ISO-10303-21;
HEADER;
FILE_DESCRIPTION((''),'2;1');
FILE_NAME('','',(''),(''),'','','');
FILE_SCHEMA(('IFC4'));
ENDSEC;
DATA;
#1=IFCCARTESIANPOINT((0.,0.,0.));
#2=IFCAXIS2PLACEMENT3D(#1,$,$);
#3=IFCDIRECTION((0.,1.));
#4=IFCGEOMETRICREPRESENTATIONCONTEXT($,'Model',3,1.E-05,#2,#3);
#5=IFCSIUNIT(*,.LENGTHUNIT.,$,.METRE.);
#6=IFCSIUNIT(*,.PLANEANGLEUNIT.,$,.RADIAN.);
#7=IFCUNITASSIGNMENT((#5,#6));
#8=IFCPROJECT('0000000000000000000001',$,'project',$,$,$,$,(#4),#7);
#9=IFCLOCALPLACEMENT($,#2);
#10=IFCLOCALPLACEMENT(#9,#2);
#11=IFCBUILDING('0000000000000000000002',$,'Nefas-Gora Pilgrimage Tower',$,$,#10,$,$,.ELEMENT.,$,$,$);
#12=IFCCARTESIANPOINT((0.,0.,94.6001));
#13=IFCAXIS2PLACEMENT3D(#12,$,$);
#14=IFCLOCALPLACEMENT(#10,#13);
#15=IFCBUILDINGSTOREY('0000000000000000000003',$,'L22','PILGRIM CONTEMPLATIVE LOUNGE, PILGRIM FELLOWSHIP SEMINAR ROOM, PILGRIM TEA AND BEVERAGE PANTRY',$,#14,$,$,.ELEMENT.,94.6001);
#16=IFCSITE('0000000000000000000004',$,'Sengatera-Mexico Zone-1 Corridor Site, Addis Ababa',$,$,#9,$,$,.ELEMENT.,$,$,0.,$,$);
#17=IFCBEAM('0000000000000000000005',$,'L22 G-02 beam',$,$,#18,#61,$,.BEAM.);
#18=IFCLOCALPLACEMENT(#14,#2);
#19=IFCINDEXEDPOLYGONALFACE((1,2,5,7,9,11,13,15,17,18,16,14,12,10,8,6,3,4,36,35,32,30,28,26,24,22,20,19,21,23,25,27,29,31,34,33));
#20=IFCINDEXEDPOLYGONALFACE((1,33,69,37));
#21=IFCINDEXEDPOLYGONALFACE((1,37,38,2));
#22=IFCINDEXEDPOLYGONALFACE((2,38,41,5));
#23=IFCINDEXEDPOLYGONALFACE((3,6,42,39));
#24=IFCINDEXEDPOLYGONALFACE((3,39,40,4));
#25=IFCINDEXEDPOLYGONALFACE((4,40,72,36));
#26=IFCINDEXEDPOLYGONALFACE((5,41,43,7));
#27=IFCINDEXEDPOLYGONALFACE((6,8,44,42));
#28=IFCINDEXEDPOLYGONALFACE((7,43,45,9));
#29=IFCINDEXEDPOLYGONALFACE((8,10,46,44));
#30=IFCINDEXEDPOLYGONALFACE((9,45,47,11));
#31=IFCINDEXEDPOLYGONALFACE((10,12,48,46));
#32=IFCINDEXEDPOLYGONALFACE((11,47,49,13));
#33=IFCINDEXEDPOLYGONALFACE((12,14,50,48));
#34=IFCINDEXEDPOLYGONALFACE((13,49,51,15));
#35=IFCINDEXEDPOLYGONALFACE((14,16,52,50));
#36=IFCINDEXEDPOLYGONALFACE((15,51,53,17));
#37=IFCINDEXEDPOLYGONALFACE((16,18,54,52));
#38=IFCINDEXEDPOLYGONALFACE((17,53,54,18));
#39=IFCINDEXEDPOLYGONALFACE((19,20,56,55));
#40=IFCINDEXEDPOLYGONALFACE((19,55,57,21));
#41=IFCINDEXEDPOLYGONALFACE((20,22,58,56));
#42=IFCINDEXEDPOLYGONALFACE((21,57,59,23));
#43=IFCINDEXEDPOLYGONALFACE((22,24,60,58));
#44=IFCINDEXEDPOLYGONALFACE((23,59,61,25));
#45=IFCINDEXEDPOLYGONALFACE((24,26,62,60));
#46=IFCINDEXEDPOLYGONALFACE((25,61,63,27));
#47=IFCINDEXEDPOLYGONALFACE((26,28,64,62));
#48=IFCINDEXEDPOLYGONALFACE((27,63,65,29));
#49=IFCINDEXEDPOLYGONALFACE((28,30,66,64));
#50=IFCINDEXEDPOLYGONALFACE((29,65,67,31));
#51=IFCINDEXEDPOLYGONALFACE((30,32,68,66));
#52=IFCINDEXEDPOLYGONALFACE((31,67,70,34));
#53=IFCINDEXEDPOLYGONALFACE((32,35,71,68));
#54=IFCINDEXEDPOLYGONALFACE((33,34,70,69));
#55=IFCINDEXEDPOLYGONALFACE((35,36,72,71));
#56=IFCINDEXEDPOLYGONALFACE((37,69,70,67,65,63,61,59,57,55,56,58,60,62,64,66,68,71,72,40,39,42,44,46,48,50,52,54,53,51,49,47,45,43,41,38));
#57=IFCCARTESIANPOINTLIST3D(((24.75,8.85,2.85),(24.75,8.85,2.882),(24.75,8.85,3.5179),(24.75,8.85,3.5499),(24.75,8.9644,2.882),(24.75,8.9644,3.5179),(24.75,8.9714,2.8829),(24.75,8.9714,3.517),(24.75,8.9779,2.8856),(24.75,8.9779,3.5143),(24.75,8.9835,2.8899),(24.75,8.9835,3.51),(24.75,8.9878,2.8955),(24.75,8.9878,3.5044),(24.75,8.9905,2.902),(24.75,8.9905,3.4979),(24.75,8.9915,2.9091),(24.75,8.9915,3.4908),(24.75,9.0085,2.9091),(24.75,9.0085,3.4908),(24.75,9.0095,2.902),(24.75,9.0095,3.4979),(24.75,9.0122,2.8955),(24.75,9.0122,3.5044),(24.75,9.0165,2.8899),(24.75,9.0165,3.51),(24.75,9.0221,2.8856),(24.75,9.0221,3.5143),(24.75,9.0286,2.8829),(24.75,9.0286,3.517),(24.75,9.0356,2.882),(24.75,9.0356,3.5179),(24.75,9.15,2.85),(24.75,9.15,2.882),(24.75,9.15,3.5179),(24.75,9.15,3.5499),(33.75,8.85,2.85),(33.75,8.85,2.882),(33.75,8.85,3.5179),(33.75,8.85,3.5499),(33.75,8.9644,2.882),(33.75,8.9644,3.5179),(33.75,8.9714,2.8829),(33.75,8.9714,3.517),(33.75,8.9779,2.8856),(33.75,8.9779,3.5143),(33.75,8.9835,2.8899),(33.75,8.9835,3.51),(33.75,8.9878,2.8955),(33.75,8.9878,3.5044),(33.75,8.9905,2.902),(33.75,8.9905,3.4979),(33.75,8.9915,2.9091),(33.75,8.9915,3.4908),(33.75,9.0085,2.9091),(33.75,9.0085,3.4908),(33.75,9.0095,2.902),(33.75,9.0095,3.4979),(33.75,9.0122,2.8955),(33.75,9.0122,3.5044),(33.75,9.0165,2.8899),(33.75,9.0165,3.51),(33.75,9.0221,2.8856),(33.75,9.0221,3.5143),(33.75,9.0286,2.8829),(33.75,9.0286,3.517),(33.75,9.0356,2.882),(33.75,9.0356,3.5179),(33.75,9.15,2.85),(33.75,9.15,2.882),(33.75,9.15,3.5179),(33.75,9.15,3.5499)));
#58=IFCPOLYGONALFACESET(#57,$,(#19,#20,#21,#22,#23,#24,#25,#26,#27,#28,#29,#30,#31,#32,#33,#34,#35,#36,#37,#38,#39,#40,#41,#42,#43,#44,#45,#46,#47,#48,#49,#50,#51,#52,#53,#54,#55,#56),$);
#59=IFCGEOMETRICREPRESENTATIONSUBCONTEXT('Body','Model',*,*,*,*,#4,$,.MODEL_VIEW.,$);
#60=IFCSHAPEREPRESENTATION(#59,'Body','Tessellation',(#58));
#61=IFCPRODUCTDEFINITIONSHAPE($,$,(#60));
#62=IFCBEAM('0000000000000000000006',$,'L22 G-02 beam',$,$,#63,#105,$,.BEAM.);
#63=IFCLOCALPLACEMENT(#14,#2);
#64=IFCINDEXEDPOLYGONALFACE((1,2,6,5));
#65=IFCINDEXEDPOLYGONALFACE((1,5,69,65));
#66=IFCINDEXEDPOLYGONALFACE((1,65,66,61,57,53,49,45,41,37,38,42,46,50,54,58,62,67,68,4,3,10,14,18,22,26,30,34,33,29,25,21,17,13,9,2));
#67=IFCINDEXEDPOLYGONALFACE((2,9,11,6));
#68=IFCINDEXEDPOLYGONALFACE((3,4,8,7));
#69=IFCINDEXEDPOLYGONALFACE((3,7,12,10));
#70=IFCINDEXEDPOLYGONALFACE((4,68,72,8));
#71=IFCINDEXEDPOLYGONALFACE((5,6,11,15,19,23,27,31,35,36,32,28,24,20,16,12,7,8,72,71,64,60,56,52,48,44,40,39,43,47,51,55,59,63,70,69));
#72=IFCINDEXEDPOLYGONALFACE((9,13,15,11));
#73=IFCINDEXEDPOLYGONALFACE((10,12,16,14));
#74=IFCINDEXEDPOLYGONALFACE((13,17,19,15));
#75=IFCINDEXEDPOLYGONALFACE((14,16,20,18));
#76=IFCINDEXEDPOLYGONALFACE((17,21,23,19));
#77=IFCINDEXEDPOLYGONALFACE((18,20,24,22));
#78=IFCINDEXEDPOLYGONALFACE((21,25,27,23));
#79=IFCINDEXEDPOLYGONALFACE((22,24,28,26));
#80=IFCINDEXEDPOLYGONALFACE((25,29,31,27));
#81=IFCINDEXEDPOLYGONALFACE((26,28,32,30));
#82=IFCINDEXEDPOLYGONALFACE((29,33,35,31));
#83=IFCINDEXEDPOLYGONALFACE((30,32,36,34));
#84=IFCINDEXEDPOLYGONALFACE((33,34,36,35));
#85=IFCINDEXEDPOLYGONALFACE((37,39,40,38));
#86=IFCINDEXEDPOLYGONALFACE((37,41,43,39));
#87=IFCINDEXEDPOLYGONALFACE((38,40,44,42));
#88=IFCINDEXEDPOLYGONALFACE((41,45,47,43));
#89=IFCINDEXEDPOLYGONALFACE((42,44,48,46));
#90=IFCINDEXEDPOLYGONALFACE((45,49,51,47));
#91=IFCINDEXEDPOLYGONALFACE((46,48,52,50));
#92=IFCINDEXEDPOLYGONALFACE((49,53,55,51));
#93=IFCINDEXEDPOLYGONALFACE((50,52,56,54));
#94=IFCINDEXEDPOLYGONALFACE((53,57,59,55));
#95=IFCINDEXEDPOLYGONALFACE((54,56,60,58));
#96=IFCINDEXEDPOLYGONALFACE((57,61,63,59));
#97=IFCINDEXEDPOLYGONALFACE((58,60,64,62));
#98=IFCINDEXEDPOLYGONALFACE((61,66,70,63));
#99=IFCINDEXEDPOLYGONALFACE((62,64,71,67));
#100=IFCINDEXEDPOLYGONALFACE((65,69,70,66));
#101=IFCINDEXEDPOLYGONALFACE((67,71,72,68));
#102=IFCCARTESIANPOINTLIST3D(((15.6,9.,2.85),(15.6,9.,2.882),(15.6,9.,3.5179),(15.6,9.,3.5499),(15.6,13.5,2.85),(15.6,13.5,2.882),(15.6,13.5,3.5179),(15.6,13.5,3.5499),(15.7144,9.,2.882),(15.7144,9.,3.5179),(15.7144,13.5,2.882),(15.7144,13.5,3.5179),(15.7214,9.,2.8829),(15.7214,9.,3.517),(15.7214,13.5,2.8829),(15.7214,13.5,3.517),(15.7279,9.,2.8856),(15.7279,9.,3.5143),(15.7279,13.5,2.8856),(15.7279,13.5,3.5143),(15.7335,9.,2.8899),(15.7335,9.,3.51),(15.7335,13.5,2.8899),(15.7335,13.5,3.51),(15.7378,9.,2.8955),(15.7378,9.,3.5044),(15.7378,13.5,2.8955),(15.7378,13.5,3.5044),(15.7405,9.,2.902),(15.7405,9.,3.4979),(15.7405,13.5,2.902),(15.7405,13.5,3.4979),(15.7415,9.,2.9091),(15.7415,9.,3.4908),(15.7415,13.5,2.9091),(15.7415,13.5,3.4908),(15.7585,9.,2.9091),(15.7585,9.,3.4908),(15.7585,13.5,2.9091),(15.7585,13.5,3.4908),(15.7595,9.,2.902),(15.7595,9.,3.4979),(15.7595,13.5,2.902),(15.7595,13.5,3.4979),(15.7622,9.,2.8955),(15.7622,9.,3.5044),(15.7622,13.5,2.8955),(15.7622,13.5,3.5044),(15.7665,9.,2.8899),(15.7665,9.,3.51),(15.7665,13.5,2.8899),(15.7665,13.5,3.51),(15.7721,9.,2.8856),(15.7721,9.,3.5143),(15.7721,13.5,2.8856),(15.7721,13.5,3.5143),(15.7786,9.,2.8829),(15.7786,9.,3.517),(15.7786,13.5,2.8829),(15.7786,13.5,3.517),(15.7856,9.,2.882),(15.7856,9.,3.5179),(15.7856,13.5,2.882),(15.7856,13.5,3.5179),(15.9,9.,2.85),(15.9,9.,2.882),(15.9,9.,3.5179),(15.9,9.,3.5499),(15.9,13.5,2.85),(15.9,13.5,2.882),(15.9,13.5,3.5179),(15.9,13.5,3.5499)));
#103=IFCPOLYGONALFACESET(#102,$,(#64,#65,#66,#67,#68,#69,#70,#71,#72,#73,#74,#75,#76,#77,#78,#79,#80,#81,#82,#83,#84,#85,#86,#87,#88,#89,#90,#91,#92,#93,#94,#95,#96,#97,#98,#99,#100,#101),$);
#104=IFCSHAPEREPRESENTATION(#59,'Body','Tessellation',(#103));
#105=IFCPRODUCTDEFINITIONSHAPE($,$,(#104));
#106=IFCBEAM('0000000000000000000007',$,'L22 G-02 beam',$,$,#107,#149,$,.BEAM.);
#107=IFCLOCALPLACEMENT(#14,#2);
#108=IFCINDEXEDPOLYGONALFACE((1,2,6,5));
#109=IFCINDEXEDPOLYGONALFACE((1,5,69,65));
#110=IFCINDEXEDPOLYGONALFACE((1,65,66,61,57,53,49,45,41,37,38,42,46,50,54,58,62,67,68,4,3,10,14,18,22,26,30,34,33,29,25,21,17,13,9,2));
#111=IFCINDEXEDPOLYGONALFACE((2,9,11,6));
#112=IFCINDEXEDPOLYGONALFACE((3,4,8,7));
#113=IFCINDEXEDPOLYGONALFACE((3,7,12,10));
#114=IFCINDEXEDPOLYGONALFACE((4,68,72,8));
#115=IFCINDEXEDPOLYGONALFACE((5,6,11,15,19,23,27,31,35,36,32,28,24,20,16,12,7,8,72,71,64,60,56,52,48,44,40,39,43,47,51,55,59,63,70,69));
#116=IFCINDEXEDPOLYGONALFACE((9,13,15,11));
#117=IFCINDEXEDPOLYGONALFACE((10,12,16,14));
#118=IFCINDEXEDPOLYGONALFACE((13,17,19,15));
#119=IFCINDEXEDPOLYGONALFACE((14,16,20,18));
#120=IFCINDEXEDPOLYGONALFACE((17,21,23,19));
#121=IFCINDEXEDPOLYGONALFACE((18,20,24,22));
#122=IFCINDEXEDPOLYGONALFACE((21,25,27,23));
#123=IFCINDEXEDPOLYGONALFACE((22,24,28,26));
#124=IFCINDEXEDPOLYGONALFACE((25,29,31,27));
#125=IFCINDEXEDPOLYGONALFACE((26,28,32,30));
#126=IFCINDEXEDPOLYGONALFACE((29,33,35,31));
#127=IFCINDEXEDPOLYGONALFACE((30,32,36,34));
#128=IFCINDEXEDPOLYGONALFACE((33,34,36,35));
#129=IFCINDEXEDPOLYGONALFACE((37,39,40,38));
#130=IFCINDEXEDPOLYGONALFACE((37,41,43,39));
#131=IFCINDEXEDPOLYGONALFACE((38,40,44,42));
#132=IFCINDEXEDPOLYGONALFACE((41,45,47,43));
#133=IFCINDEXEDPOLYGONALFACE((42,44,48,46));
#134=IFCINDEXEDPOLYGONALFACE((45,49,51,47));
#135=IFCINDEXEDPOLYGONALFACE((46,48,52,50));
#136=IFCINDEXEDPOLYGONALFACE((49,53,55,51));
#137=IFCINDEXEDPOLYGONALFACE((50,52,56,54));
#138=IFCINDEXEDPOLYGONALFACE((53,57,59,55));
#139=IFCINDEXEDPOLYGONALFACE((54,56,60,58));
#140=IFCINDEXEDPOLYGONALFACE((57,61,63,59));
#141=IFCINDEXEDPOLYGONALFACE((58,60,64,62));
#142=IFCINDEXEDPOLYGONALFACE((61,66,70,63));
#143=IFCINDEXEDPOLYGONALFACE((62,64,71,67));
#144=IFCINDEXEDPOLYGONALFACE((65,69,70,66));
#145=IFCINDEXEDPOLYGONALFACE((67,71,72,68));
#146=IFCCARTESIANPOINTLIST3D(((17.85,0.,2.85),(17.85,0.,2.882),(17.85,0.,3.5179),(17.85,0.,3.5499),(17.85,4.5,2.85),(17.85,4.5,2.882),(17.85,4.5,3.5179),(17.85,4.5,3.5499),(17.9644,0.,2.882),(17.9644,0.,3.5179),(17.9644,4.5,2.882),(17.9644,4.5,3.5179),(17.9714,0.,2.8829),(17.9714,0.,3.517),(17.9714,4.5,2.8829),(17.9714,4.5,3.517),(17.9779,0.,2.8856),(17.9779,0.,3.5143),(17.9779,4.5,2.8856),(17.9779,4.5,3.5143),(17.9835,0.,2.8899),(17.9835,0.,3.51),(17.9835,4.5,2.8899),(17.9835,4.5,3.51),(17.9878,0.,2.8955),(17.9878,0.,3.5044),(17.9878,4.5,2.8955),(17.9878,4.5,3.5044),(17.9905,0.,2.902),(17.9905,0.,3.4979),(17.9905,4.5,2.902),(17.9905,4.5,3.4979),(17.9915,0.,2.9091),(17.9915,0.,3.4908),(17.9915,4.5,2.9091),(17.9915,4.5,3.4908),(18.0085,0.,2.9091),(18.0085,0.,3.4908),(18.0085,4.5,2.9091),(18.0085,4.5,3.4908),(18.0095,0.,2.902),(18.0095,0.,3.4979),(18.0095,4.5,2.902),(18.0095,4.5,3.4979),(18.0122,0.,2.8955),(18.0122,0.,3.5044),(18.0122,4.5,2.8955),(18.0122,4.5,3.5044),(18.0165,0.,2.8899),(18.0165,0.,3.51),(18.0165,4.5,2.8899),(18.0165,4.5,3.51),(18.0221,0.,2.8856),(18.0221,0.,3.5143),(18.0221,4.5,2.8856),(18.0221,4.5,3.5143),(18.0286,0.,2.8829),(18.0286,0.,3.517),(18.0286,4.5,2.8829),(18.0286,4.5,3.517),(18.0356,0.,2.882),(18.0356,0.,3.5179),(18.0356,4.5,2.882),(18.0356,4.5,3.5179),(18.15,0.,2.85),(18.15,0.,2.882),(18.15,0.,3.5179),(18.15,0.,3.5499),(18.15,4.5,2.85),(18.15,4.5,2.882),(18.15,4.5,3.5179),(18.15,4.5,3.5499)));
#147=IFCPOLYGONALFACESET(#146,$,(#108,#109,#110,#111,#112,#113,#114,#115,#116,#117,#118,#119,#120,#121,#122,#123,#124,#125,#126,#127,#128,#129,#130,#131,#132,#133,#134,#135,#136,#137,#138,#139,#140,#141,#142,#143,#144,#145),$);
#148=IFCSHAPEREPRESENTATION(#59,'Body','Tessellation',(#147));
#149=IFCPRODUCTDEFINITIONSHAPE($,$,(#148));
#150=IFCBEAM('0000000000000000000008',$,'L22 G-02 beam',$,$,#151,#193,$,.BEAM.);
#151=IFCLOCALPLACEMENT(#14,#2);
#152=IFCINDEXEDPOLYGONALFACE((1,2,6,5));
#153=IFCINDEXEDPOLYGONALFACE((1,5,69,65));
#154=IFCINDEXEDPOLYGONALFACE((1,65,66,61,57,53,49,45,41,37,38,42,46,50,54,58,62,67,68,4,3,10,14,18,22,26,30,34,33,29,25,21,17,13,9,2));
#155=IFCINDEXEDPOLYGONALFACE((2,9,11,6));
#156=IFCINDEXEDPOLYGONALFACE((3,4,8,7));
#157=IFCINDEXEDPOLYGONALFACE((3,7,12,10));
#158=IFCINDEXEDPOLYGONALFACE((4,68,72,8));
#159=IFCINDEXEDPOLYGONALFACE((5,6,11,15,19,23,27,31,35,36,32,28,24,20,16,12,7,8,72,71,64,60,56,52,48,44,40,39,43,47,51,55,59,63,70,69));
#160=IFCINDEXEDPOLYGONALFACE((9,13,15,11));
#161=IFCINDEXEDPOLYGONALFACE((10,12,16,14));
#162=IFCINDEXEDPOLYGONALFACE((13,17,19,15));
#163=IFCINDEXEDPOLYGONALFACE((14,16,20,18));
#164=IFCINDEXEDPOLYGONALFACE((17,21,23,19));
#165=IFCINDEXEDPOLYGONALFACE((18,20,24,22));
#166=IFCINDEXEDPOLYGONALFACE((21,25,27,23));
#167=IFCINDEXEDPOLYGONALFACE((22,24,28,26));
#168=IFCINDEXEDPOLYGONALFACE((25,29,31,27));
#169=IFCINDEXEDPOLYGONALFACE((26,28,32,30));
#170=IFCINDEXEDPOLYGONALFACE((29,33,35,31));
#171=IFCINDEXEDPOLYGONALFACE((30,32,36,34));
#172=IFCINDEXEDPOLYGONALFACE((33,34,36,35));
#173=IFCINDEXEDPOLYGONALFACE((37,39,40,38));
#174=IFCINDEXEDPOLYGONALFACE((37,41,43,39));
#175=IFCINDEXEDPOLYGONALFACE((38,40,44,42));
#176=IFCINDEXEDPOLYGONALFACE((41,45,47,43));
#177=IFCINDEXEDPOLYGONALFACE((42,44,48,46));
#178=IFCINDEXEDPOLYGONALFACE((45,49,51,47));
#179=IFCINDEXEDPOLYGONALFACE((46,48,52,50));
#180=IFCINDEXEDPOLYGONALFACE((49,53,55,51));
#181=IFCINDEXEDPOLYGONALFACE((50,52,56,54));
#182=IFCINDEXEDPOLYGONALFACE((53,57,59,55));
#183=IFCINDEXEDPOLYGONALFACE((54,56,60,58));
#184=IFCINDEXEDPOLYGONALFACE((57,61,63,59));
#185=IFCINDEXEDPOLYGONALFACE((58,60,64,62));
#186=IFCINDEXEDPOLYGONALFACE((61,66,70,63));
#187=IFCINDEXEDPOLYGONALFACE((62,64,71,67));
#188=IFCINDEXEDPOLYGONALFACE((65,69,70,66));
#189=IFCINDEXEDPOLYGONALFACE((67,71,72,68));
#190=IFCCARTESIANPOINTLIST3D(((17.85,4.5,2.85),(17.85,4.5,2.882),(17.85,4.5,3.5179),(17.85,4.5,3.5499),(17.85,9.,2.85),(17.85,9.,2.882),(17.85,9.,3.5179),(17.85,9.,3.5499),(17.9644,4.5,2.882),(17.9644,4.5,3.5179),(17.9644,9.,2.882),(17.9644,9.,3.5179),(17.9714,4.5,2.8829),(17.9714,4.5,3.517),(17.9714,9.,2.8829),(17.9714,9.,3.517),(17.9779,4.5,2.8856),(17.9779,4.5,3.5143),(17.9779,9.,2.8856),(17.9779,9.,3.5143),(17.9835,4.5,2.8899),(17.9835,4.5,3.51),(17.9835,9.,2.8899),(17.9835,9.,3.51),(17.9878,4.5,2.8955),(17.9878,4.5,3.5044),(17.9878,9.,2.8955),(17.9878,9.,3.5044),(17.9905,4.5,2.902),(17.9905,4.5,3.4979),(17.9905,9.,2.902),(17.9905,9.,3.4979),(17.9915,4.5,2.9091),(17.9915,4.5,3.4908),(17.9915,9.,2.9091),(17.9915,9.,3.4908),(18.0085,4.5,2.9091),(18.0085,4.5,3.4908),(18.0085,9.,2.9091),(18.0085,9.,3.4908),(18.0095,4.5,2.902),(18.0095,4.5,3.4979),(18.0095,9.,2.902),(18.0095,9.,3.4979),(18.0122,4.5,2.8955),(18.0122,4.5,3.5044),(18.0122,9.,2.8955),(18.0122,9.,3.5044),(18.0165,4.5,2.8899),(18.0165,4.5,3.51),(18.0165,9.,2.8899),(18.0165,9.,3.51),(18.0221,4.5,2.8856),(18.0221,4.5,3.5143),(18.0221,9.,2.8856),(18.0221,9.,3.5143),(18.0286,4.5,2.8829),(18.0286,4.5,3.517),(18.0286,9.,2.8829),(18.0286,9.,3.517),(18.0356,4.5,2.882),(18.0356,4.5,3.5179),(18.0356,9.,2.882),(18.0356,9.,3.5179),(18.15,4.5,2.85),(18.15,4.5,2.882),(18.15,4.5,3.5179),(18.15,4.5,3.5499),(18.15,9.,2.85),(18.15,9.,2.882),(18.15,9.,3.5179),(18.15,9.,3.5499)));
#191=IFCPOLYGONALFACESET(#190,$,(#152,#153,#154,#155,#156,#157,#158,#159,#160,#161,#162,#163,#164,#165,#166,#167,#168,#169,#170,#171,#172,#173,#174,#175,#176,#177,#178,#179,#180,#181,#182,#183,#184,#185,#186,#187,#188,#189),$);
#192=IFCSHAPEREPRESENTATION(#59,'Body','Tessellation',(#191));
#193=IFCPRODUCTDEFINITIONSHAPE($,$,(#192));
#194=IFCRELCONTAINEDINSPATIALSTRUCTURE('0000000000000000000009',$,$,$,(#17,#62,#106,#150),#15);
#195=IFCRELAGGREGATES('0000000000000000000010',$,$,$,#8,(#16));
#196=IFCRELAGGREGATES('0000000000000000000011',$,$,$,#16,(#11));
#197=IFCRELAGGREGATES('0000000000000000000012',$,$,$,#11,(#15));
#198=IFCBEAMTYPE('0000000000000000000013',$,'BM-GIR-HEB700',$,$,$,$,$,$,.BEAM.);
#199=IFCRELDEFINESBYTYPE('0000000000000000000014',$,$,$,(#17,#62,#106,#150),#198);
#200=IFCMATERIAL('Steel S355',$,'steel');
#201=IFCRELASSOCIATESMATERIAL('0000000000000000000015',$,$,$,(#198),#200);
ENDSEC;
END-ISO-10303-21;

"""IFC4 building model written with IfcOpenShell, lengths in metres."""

from ifc_helpers import new_model, si_unit, direction, frame, origin, origin_2d, place, context, subcontext, project, spatial, i_section, extrude, source, transform, mapped, material, material_profile, profile_set, type_object, element, save


model = new_model("IFC4")

# Units and contexts
model_context = context("Model", 3, precision=1e-05, world=origin(), true_north=direction((0.0, 1.0)))
body_context = subcontext(model_context, "Body", "Model", "MODEL_VIEW")
ifc_project = project(units=[si_unit("LENGTHUNIT", "METRE"), si_unit("PLANEANGLEUNIT", "RADIAN")], contexts=[model_context])

# Site, building, storey
site_placement = place(None, origin())
site = spatial("IfcSite", under=ifc_project, at=site_placement, Name="Sengatera-Mexico Zone-1 Corridor Site, Addis Ababa", CompositionType="ELEMENT", RefElevation=0.0)
building_placement = place(site_placement, origin())
building = spatial("IfcBuilding", under=site, at=building_placement, Name="Nefas-Gora Pilgrimage Tower", CompositionType="ELEMENT")
storey_placement = place(building_placement, frame((0.0, 0.0, 94.6001)))
storey = spatial("IfcBuildingStorey", under=building, at=storey_placement, Name="L22", Description="PILGRIM CONTEMPLATIVE LOUNGE, PILGRIM FELLOWSHIP SEMINAR ROOM, PILGRIM TEA AND BEVERAGE PANTRY", CompositionType="ELEMENT", Elevation=94.6001)

# Beams
ifc_material_1 = material(Name="Steel S355", Category="steel")
ifc_material_profile_1 = material_profile(ifc_material_1, i_section(OverallWidth=0.3, OverallDepth=0.7, WebThickness=0.0171, FlangeThickness=0.032, FilletRadius=0.0271, at=origin_2d()), Name="HEB 700")
ifc_profile_set_1 = profile_set([ifc_material_profile_1], Name="Steel S355")
beam_type_1 = type_object("IfcBeamType", Name="BM-GIR-HEB700", PredefinedType="BEAM", material=ifc_profile_set_1)
shared_shape_1 = source(origin(), body_context, "Body", "SweptSolid", [
    extrude(i_section(OverallWidth=0.3, OverallDepth=0.7, WebThickness=0.0171, FlangeThickness=0.032, FilletRadius=0.0271, at=origin_2d()), origin(), (0.0, 0.0, 1.0), 9.0),
])
for number, where, z_axis, x_axis, name in (
    (1, (24.75, 9.0, 3.2), (1.0, 0.0, 0.0), (0.0, 1.0, 0.0), "L22 G-02 beam"),
):
    element("IfcBeam", number, at=place(storey_placement, frame(where, z_axis=z_axis, x_axis=x_axis)), inside=storey, type_object=beam_type_1, Name=name, PredefinedType="BEAM", context=body_context, shape_type="MappedRepresentation", body=[
        mapped(shared_shape_1, transform((0.0, 0.0, 0.0), x_axis=(1.0, 0.0, 0.0), y_axis=(0.0, 1.0, 0.0), z_axis=(0.0, 0.0, 1.0), scale=1.0)),
    ])
shared_shape_2 = source(origin(), body_context, "Body", "SweptSolid", [
    extrude(i_section(OverallWidth=0.3, OverallDepth=0.7, WebThickness=0.0171, FlangeThickness=0.032, FilletRadius=0.0271, at=origin_2d()), origin(), (0.0, 0.0, 1.0), 4.5),
])
for number, where, z_axis, x_axis, name in (
    (2, (15.75, 9.0, 3.2), (0.0, 1.0, 0.0), (-1.0, 0.0, 0.0), "L22 G-02 beam"),
    (3, (18.0, 0.0, 3.2), (0.0, 1.0, 0.0), (-1.0, 0.0, 0.0), "L22 G-02 beam"),
    (4, (18.0, 4.5, 3.2), (0.0, 1.0, 0.0), (-1.0, 0.0, 0.0), "L22 G-02 beam"),
):
    element("IfcBeam", number, at=place(storey_placement, frame(where, z_axis=z_axis, x_axis=x_axis)), inside=storey, type_object=beam_type_1, Name=name, PredefinedType="BEAM", context=body_context, shape_type="MappedRepresentation", body=[
        mapped(shared_shape_2, transform((0.0, 0.0, 0.0), x_axis=(1.0, 0.0, 0.0), y_axis=(0.0, 1.0, 0.0), z_axis=(0.0, 0.0, 1.0), scale=1.0)),
    ])

save(model, "model.ifc")
